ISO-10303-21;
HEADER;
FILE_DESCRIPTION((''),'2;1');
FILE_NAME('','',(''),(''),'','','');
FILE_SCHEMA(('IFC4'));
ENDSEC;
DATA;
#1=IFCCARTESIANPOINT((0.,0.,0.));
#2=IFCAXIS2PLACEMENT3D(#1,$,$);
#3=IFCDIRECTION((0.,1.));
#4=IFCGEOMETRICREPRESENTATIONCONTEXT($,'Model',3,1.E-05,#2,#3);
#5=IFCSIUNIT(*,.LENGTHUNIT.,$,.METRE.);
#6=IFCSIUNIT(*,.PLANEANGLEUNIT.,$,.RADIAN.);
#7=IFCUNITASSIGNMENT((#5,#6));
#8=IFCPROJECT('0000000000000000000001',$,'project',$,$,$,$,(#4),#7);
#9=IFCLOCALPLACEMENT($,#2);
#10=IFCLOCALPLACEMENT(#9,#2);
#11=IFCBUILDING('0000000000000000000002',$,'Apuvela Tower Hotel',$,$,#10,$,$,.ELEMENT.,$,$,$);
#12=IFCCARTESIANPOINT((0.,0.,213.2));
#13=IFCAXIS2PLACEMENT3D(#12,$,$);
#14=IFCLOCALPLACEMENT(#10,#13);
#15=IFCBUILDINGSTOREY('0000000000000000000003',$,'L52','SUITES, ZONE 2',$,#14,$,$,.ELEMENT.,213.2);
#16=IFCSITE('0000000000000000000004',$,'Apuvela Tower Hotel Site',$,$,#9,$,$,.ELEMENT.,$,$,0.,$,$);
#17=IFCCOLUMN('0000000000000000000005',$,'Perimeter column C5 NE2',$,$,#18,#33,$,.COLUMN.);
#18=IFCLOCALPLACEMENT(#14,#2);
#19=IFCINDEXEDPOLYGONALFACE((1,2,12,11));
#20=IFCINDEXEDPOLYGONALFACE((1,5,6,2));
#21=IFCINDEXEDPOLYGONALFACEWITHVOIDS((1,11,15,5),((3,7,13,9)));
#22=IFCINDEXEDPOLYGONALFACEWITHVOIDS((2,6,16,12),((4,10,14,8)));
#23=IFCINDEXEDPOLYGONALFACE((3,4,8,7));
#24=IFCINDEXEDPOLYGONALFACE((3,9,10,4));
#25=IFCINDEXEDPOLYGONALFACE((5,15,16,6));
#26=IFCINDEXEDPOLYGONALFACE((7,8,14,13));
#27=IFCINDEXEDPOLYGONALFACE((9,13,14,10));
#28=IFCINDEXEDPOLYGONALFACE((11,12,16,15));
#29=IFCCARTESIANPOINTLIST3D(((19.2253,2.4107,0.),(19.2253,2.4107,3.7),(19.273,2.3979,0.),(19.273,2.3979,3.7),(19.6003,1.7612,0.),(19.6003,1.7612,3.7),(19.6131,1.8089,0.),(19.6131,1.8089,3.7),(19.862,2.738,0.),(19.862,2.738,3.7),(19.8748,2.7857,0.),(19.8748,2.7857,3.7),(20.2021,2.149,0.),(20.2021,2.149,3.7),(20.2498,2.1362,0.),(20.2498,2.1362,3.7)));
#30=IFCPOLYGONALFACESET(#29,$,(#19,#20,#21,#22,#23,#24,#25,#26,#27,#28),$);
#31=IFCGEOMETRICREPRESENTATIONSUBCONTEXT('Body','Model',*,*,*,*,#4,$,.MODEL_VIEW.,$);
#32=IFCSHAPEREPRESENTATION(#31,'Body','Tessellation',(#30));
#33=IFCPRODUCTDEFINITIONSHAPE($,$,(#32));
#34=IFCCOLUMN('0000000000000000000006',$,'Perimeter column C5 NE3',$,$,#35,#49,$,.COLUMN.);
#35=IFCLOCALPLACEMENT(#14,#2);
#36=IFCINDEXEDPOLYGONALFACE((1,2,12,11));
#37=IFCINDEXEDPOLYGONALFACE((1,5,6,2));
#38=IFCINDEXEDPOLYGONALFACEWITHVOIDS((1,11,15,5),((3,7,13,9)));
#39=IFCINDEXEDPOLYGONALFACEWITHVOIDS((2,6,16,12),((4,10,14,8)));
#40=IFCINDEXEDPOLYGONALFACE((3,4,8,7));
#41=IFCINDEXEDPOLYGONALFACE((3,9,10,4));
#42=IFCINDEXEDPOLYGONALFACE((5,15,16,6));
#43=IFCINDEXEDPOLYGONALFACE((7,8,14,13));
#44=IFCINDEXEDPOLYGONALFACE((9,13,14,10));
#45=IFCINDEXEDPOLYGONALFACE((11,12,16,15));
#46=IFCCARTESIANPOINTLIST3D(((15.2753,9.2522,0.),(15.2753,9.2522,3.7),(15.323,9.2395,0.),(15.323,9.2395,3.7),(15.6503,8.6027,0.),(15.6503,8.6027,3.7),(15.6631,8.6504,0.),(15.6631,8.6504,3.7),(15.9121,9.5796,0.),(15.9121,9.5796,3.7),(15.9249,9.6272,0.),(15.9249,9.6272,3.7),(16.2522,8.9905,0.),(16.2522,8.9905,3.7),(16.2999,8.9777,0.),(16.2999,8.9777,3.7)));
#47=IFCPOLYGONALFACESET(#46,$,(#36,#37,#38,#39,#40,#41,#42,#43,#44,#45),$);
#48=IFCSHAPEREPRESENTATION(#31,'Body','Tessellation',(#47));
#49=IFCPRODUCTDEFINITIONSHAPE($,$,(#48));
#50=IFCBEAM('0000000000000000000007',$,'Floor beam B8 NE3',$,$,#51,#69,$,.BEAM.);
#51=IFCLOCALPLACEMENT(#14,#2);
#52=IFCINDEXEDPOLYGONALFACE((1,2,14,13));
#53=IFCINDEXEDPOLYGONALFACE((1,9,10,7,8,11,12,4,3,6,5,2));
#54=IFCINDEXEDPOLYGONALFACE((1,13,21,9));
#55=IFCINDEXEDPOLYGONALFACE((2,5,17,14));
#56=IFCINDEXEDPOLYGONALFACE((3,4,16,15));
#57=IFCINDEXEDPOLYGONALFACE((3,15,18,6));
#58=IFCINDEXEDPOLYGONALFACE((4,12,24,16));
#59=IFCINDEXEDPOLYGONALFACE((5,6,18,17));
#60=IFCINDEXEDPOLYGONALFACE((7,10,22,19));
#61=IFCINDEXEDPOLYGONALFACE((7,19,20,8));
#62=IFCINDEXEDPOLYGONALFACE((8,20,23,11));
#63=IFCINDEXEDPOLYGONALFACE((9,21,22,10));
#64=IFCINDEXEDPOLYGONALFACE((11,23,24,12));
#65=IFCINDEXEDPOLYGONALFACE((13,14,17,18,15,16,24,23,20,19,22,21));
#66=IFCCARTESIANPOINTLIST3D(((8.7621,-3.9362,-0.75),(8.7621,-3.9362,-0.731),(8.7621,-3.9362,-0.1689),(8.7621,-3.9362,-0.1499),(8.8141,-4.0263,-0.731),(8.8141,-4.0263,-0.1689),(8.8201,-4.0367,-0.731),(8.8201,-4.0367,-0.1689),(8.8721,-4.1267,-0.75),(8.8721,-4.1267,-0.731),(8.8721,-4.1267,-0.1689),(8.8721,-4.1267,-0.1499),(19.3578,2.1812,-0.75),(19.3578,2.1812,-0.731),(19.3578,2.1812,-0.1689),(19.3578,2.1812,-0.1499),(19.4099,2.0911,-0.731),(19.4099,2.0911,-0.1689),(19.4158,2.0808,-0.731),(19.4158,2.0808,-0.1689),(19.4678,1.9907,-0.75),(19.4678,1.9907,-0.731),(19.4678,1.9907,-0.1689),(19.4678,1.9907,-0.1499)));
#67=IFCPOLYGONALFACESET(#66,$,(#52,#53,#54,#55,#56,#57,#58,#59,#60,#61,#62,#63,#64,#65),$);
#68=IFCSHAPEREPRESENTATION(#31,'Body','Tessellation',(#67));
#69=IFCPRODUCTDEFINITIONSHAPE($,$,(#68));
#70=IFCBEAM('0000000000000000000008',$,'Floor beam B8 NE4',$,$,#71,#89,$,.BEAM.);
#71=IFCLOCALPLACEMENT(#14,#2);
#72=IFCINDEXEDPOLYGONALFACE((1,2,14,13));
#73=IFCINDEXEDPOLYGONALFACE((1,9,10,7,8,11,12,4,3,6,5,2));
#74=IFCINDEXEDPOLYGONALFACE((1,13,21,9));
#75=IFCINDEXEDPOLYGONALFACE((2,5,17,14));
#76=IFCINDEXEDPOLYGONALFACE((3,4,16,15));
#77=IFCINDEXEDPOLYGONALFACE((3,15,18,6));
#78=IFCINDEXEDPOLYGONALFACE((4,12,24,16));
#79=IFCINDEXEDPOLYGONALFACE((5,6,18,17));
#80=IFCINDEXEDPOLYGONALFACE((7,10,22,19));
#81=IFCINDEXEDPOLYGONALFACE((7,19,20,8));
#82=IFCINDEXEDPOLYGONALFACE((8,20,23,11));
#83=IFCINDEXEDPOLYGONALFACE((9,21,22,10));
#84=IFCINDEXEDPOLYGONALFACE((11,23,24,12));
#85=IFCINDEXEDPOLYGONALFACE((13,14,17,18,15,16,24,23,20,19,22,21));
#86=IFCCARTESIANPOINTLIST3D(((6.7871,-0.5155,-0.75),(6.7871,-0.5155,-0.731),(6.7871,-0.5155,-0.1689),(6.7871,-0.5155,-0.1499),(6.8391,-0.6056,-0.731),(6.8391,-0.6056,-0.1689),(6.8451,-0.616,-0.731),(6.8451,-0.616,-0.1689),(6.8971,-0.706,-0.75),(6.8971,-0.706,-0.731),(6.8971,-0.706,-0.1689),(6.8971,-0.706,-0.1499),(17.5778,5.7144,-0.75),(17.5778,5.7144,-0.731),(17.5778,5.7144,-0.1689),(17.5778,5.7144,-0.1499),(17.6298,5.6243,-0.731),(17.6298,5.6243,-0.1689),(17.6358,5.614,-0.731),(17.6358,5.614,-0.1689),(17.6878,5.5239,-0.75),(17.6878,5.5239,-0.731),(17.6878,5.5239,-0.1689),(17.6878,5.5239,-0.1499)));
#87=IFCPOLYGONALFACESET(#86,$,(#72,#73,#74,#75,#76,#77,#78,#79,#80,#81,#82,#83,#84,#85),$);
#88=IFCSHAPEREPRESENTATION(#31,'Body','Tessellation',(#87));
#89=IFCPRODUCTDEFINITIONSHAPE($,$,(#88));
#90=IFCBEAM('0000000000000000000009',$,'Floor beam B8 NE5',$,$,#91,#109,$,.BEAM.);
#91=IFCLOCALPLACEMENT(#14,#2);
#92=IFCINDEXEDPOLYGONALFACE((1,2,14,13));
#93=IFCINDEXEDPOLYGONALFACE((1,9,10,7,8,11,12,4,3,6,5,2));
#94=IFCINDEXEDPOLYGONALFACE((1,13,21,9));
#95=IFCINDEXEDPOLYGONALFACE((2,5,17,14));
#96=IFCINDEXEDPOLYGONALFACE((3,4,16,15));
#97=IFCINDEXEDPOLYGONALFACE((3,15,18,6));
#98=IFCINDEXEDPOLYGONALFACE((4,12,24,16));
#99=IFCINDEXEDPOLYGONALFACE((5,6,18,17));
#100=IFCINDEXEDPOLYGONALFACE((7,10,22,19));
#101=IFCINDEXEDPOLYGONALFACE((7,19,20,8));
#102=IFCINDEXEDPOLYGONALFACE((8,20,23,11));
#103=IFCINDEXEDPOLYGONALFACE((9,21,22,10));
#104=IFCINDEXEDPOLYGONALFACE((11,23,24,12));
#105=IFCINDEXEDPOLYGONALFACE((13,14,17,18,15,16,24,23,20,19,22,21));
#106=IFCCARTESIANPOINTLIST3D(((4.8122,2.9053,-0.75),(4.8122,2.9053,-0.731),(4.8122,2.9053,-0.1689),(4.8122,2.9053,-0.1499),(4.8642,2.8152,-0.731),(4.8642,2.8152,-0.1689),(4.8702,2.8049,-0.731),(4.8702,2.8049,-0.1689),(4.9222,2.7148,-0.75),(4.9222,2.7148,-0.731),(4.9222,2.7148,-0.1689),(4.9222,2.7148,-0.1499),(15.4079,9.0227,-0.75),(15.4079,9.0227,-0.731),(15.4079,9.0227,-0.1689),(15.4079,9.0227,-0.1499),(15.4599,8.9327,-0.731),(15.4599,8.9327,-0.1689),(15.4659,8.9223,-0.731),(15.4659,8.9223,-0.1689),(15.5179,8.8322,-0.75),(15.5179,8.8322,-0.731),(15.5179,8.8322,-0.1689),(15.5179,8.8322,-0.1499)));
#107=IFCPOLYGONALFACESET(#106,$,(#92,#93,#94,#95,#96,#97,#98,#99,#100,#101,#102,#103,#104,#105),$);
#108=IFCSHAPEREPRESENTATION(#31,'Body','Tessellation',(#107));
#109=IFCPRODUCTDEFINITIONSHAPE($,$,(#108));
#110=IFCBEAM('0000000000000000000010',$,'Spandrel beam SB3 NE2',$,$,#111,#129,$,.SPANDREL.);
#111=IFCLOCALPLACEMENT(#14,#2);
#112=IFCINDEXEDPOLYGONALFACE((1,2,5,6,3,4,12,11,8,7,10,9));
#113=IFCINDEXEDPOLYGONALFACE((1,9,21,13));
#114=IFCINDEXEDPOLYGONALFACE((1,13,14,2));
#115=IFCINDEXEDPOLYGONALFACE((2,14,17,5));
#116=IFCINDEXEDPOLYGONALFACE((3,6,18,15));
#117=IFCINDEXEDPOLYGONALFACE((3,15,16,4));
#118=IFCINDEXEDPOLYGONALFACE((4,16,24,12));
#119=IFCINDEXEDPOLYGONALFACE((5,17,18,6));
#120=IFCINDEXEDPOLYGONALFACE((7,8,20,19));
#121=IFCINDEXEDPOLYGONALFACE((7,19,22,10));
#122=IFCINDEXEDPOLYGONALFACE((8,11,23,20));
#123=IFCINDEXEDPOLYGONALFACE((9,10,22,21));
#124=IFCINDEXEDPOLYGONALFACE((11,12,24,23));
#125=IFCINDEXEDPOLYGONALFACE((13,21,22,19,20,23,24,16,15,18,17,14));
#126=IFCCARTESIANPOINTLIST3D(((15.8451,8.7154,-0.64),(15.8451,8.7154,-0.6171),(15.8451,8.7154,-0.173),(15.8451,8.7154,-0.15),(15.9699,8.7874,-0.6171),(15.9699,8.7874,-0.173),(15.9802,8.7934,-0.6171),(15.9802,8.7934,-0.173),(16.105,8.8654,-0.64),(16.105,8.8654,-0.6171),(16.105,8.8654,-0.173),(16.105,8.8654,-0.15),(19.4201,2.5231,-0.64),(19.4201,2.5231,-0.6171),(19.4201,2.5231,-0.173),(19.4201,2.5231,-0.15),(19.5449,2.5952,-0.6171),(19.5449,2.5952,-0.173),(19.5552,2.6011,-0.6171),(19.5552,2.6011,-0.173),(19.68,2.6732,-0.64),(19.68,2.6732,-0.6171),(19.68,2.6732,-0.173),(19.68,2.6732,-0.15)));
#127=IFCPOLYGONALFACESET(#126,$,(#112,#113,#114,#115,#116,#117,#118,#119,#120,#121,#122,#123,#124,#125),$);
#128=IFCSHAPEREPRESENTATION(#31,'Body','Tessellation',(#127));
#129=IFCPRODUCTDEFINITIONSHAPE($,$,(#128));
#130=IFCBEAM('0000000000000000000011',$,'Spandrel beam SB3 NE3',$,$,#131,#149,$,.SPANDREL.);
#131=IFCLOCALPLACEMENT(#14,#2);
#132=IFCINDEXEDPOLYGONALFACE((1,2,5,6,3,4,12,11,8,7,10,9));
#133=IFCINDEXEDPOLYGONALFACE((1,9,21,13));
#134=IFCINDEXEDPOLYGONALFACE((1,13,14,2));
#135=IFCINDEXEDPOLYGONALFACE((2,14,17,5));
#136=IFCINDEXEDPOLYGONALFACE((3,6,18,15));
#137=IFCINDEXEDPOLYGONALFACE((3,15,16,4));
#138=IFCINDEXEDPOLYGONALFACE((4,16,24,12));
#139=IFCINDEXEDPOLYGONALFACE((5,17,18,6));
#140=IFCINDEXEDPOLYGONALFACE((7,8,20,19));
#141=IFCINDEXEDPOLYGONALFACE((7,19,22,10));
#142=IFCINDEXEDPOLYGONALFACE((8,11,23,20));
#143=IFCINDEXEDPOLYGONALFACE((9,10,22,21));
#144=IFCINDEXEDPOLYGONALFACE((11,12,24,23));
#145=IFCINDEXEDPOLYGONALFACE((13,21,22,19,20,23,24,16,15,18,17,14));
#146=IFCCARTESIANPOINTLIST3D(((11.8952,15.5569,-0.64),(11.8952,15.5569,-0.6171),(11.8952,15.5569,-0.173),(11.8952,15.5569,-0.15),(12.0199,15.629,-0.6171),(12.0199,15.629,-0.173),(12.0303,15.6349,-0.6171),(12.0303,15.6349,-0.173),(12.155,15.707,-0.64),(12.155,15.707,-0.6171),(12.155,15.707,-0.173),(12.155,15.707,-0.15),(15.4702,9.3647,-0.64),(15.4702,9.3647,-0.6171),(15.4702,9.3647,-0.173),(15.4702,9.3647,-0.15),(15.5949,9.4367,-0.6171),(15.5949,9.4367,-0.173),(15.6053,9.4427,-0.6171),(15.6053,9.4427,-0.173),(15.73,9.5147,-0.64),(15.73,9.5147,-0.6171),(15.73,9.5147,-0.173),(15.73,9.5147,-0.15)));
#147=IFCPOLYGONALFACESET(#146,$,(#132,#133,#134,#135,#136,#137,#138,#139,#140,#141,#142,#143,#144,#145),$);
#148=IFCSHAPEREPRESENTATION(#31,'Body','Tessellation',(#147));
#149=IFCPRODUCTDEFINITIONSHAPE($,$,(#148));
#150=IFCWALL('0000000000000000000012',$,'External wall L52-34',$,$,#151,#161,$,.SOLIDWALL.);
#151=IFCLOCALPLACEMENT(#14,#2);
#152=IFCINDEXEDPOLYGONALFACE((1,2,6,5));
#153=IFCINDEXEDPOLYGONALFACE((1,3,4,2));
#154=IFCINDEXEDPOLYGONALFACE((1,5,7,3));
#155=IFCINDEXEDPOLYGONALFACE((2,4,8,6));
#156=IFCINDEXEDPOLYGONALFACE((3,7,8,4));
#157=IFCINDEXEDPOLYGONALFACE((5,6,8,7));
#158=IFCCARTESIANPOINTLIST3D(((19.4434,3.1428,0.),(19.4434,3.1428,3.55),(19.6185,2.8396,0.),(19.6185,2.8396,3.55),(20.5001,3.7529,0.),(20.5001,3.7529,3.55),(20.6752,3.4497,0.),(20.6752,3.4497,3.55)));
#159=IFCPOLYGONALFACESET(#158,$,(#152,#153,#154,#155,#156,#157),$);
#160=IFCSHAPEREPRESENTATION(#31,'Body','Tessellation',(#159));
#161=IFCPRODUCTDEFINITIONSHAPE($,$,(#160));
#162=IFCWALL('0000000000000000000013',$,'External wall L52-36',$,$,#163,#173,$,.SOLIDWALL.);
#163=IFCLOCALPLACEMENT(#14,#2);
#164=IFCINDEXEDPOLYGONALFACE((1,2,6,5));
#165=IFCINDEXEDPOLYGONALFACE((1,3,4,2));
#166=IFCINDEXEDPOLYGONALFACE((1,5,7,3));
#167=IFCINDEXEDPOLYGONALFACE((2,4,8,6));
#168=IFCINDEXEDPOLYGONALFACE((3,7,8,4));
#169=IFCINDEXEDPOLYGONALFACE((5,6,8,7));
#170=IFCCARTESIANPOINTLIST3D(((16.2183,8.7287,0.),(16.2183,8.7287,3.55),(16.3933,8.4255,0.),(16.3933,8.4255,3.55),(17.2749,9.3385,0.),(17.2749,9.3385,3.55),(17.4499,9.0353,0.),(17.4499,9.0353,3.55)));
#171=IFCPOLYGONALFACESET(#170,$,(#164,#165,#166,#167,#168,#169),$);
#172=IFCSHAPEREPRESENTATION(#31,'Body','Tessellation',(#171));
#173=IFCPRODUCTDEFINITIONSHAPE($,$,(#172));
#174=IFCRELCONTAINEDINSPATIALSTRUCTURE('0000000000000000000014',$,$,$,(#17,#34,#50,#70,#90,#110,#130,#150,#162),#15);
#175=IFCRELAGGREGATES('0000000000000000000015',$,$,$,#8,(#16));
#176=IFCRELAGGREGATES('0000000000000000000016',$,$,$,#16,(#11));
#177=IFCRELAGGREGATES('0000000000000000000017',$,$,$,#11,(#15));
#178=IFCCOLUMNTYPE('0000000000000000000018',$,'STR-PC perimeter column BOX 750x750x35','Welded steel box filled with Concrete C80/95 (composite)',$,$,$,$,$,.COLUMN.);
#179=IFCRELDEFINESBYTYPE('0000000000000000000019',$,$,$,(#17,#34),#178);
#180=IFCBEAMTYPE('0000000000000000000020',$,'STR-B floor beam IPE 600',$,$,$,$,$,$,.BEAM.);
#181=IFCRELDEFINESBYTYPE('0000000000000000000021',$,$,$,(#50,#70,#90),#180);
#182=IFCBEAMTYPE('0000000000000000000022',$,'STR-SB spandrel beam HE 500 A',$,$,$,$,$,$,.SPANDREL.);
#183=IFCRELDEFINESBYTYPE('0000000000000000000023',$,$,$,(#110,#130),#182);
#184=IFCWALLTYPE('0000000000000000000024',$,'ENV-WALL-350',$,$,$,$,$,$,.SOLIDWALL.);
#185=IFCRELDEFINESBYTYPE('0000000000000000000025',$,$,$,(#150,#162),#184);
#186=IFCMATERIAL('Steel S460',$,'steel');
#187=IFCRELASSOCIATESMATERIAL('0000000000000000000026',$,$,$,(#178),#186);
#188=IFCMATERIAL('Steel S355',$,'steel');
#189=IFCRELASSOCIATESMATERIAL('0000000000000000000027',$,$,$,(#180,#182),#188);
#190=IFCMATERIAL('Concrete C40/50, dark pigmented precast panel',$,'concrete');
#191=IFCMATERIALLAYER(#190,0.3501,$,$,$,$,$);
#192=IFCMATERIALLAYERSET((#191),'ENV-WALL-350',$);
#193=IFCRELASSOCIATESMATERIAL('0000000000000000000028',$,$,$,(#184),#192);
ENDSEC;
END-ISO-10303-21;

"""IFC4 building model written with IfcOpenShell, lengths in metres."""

from ifc_helpers import new_model, si_unit, direction, frame, frame_2d, origin, origin_2d, place, context, subcontext, project, spatial, rectangle, hollow_rectangle, i_section, extrude, material, layer, layer_set, material_profile, profile_set, type_object, element, save


model = new_model("IFC4")

# Units and contexts
model_context = context("Model", 3, precision=1e-05, world=origin(), true_north=direction((0.0, 1.0)))
body_context = subcontext(model_context, "Body", "Model", "MODEL_VIEW")
ifc_project = project(units=[si_unit("LENGTHUNIT", "METRE"), si_unit("PLANEANGLEUNIT", "RADIAN")], contexts=[model_context])

# Site, building, storey
site_placement = place(None, origin())
site = spatial("IfcSite", under=ifc_project, at=site_placement, Name="Apuvela Tower Hotel Site", CompositionType="ELEMENT", RefElevation=0.0)
building_placement = place(site_placement, origin())
building = spatial("IfcBuilding", under=site, at=building_placement, Name="Apuvela Tower Hotel", CompositionType="ELEMENT")
storey_placement = place(building_placement, frame((0.0, 0.0, 213.2)))
storey = spatial("IfcBuildingStorey", under=building, at=storey_placement, Name="L52", Description="SUITES, ZONE 2", CompositionType="ELEMENT", Elevation=213.2)

# Columns
ifc_material_1 = material(Name="Steel S460", Category="steel")
ifc_material_profile_1 = material_profile(ifc_material_1, hollow_rectangle(XDim=0.75, YDim=0.75, WallThickness=0.0349, at=origin_2d()), Name="BOX 750x750x35")
ifc_material_2 = material(Name="Concrete C80/95", Category="concrete")
ifc_material_profile_2 = material_profile(ifc_material_2, rectangle(XDim=0.6799, YDim=0.6799, at=origin_2d()), Name="Concrete C80/95 infill")
ifc_profile_set_1 = profile_set([ifc_material_profile_1, ifc_material_profile_2], Name="Steel S460")
column_type = type_object("IfcColumnType", Name="STR-PC perimeter column BOX 750x750x35", Description="Welded steel box filled with Concrete C80/95 (composite)", PredefinedType="COLUMN", material=ifc_profile_set_1)
for number, where, z_axis, x_axis, name in (
    (1, (19.7375, 2.2734, 0.0), (0.0, 0.0, 1.0), (-0.5, 0.866025, 0.0), "Perimeter column C5 NE2"),
    (2, (15.7876, 9.115, 0.0), (0.0, 0.0, 1.0), (-0.5, 0.866025, 0.0), "Perimeter column C5 NE3"),
):
    element("IfcColumn", number, at=place(storey_placement, frame(where, z_axis=z_axis, x_axis=x_axis)), inside=storey, type_object=column_type, Name=name, PredefinedType="COLUMN", context=body_context, shape_type="SweptSolid", body=[
        extrude(hollow_rectangle(XDim=0.75, YDim=0.75, WallThickness=0.0349, at=origin_2d()), origin(), (0.0, 0.0, 1.0), 3.7),
    ])

# Beams
ifc_material_3 = material(Name="Steel S355", Category="steel")
ifc_material_profile_3 = material_profile(ifc_material_3, i_section(OverallWidth=0.22, OverallDepth=0.6001, WebThickness=0.012, FlangeThickness=0.019, at=origin_2d()), Name="IPE 600")
ifc_profile_set_2 = profile_set([ifc_material_profile_3], Name="Steel S355")
beam_type_1 = type_object("IfcBeamType", Name="STR-B floor beam IPE 600", PredefinedType="BEAM", material=ifc_profile_set_2)
beam_1_placement = place(storey_placement, frame((19.4128, 2.0859, -0.45), z_axis=(-0.866025, -0.5, 0.0), x_axis=(0.5, -0.866025, 0.0)))
element("IfcBeam", 3, at=beam_1_placement, inside=storey, type_object=beam_type_1, Name="Floor beam B8 NE3", PredefinedType="BEAM", context=body_context, shape_type="SweptSolid", body=[
    extrude(i_section(OverallWidth=0.22, OverallDepth=0.6001, WebThickness=0.012, FlangeThickness=0.019, at=origin_2d()), origin(), (0.0, 0.0, 1.0), 12.2349),
])
beam_2_placement = place(storey_placement, frame((17.6328, 5.6191, -0.45), z_axis=(-0.866028, -0.499996, 0.0), x_axis=(0.499996, -0.866028, 0.0)))
element("IfcBeam", 4, at=beam_2_placement, inside=storey, type_object=beam_type_1, Name="Floor beam B8 NE4", PredefinedType="BEAM", context=body_context, shape_type="SweptSolid", body=[
    extrude(i_section(OverallWidth=0.22, OverallDepth=0.6001, WebThickness=0.012, FlangeThickness=0.019, at=origin_2d()), origin(), (0.0, 0.0, 1.0), 12.46),
])
beam_3_placement = place(storey_placement, frame((15.4629, 8.9275, -0.45), z_axis=(-0.866025, -0.5, 0.0), x_axis=(0.5, -0.866025, 0.0)))
element("IfcBeam", 5, at=beam_3_placement, inside=storey, type_object=beam_type_1, Name="Floor beam B8 NE5", PredefinedType="BEAM", context=body_context, shape_type="SweptSolid", body=[
    extrude(i_section(OverallWidth=0.22, OverallDepth=0.6001, WebThickness=0.012, FlangeThickness=0.019, at=origin_2d()), origin(), (0.0, 0.0, 1.0), 12.2349),
])
ifc_material_profile_4 = material_profile(ifc_material_3, i_section(OverallWidth=0.3, OverallDepth=0.49, WebThickness=0.012, FlangeThickness=0.0229, at=origin_2d()), Name="HE 500 A")
ifc_profile_set_3 = profile_set([ifc_material_profile_4], Name="Steel S355")
beam_type_2 = type_object("IfcBeamType", Name="STR-SB spandrel beam HE 500 A", PredefinedType="SPANDREL", material=ifc_profile_set_3)
for number, where, z_axis, x_axis, name in (
    (6, (19.55, 2.5981, -0.395), (-0.499991, 0.86603, 0.0), (-0.86603, -0.499991, 0.0), "Spandrel beam SB3 NE2"),
    (7, (15.6001, 9.4397, -0.395), (-0.499991, 0.86603, 0.0), (-0.86603, -0.499991, 0.0), "Spandrel beam SB3 NE3"),
):
    element("IfcBeam", number, at=place(storey_placement, frame(where, z_axis=z_axis, x_axis=x_axis)), inside=storey, type_object=beam_type_2, Name=name, PredefinedType="SPANDREL", context=body_context, shape_type="SweptSolid", body=[
        extrude(i_section(OverallWidth=0.3, OverallDepth=0.49, WebThickness=0.012, FlangeThickness=0.0229, at=origin_2d()), origin(), (0.0, 0.0, 1.0), 7.1501),
    ])

# Wall
ifc_material_4 = material(Name="Concrete C40/50, dark pigmented precast panel", Category="concrete")
ifc_layer_1 = layer(ifc_material_4, 0.3501)
ifc_layer_set_1 = layer_set([ifc_layer_1], Name="ENV-WALL-350")
wall_type_1 = type_object("IfcWallType", Name="ENV-WALL-350", PredefinedType="SOLIDWALL", material=ifc_layer_set_1)
wall_1_placement = place(storey_placement, frame((20.5876, 3.6013, 0.0), z_axis=(0.0, 0.0, 1.0), x_axis=(-0.866006, -0.500034, 0.0)))
element("IfcWall", 8, at=wall_1_placement, inside=storey, type_object=wall_type_1, Name="External wall L52-34", PredefinedType="SOLIDWALL", context=body_context, shape_type="SweptSolid", body=[
    extrude(rectangle(XDim=1.2202, YDim=0.3501, at=frame_2d((0.6101, 0.0))), origin(), (0.0, 0.0, 1.0), 3.55),
])

# Wall
wall_2_placement = place(storey_placement, frame((16.3059, 8.5771, 0.0), z_axis=(0.0, 0.0, 1.0), x_axis=(0.866092, 0.499884, 0.0)))
element("IfcWall", 9, at=wall_2_placement, inside=storey, type_object=wall_type_1, Name="External wall L52-36", PredefinedType="SOLIDWALL", context=body_context, shape_type="SweptSolid", body=[
    extrude(rectangle(XDim=1.22, YDim=0.3501, at=frame_2d((0.6099, 0.0))), origin(), (0.0, 0.0, 1.0), 3.55),
])

save(model, "model.ifc")
